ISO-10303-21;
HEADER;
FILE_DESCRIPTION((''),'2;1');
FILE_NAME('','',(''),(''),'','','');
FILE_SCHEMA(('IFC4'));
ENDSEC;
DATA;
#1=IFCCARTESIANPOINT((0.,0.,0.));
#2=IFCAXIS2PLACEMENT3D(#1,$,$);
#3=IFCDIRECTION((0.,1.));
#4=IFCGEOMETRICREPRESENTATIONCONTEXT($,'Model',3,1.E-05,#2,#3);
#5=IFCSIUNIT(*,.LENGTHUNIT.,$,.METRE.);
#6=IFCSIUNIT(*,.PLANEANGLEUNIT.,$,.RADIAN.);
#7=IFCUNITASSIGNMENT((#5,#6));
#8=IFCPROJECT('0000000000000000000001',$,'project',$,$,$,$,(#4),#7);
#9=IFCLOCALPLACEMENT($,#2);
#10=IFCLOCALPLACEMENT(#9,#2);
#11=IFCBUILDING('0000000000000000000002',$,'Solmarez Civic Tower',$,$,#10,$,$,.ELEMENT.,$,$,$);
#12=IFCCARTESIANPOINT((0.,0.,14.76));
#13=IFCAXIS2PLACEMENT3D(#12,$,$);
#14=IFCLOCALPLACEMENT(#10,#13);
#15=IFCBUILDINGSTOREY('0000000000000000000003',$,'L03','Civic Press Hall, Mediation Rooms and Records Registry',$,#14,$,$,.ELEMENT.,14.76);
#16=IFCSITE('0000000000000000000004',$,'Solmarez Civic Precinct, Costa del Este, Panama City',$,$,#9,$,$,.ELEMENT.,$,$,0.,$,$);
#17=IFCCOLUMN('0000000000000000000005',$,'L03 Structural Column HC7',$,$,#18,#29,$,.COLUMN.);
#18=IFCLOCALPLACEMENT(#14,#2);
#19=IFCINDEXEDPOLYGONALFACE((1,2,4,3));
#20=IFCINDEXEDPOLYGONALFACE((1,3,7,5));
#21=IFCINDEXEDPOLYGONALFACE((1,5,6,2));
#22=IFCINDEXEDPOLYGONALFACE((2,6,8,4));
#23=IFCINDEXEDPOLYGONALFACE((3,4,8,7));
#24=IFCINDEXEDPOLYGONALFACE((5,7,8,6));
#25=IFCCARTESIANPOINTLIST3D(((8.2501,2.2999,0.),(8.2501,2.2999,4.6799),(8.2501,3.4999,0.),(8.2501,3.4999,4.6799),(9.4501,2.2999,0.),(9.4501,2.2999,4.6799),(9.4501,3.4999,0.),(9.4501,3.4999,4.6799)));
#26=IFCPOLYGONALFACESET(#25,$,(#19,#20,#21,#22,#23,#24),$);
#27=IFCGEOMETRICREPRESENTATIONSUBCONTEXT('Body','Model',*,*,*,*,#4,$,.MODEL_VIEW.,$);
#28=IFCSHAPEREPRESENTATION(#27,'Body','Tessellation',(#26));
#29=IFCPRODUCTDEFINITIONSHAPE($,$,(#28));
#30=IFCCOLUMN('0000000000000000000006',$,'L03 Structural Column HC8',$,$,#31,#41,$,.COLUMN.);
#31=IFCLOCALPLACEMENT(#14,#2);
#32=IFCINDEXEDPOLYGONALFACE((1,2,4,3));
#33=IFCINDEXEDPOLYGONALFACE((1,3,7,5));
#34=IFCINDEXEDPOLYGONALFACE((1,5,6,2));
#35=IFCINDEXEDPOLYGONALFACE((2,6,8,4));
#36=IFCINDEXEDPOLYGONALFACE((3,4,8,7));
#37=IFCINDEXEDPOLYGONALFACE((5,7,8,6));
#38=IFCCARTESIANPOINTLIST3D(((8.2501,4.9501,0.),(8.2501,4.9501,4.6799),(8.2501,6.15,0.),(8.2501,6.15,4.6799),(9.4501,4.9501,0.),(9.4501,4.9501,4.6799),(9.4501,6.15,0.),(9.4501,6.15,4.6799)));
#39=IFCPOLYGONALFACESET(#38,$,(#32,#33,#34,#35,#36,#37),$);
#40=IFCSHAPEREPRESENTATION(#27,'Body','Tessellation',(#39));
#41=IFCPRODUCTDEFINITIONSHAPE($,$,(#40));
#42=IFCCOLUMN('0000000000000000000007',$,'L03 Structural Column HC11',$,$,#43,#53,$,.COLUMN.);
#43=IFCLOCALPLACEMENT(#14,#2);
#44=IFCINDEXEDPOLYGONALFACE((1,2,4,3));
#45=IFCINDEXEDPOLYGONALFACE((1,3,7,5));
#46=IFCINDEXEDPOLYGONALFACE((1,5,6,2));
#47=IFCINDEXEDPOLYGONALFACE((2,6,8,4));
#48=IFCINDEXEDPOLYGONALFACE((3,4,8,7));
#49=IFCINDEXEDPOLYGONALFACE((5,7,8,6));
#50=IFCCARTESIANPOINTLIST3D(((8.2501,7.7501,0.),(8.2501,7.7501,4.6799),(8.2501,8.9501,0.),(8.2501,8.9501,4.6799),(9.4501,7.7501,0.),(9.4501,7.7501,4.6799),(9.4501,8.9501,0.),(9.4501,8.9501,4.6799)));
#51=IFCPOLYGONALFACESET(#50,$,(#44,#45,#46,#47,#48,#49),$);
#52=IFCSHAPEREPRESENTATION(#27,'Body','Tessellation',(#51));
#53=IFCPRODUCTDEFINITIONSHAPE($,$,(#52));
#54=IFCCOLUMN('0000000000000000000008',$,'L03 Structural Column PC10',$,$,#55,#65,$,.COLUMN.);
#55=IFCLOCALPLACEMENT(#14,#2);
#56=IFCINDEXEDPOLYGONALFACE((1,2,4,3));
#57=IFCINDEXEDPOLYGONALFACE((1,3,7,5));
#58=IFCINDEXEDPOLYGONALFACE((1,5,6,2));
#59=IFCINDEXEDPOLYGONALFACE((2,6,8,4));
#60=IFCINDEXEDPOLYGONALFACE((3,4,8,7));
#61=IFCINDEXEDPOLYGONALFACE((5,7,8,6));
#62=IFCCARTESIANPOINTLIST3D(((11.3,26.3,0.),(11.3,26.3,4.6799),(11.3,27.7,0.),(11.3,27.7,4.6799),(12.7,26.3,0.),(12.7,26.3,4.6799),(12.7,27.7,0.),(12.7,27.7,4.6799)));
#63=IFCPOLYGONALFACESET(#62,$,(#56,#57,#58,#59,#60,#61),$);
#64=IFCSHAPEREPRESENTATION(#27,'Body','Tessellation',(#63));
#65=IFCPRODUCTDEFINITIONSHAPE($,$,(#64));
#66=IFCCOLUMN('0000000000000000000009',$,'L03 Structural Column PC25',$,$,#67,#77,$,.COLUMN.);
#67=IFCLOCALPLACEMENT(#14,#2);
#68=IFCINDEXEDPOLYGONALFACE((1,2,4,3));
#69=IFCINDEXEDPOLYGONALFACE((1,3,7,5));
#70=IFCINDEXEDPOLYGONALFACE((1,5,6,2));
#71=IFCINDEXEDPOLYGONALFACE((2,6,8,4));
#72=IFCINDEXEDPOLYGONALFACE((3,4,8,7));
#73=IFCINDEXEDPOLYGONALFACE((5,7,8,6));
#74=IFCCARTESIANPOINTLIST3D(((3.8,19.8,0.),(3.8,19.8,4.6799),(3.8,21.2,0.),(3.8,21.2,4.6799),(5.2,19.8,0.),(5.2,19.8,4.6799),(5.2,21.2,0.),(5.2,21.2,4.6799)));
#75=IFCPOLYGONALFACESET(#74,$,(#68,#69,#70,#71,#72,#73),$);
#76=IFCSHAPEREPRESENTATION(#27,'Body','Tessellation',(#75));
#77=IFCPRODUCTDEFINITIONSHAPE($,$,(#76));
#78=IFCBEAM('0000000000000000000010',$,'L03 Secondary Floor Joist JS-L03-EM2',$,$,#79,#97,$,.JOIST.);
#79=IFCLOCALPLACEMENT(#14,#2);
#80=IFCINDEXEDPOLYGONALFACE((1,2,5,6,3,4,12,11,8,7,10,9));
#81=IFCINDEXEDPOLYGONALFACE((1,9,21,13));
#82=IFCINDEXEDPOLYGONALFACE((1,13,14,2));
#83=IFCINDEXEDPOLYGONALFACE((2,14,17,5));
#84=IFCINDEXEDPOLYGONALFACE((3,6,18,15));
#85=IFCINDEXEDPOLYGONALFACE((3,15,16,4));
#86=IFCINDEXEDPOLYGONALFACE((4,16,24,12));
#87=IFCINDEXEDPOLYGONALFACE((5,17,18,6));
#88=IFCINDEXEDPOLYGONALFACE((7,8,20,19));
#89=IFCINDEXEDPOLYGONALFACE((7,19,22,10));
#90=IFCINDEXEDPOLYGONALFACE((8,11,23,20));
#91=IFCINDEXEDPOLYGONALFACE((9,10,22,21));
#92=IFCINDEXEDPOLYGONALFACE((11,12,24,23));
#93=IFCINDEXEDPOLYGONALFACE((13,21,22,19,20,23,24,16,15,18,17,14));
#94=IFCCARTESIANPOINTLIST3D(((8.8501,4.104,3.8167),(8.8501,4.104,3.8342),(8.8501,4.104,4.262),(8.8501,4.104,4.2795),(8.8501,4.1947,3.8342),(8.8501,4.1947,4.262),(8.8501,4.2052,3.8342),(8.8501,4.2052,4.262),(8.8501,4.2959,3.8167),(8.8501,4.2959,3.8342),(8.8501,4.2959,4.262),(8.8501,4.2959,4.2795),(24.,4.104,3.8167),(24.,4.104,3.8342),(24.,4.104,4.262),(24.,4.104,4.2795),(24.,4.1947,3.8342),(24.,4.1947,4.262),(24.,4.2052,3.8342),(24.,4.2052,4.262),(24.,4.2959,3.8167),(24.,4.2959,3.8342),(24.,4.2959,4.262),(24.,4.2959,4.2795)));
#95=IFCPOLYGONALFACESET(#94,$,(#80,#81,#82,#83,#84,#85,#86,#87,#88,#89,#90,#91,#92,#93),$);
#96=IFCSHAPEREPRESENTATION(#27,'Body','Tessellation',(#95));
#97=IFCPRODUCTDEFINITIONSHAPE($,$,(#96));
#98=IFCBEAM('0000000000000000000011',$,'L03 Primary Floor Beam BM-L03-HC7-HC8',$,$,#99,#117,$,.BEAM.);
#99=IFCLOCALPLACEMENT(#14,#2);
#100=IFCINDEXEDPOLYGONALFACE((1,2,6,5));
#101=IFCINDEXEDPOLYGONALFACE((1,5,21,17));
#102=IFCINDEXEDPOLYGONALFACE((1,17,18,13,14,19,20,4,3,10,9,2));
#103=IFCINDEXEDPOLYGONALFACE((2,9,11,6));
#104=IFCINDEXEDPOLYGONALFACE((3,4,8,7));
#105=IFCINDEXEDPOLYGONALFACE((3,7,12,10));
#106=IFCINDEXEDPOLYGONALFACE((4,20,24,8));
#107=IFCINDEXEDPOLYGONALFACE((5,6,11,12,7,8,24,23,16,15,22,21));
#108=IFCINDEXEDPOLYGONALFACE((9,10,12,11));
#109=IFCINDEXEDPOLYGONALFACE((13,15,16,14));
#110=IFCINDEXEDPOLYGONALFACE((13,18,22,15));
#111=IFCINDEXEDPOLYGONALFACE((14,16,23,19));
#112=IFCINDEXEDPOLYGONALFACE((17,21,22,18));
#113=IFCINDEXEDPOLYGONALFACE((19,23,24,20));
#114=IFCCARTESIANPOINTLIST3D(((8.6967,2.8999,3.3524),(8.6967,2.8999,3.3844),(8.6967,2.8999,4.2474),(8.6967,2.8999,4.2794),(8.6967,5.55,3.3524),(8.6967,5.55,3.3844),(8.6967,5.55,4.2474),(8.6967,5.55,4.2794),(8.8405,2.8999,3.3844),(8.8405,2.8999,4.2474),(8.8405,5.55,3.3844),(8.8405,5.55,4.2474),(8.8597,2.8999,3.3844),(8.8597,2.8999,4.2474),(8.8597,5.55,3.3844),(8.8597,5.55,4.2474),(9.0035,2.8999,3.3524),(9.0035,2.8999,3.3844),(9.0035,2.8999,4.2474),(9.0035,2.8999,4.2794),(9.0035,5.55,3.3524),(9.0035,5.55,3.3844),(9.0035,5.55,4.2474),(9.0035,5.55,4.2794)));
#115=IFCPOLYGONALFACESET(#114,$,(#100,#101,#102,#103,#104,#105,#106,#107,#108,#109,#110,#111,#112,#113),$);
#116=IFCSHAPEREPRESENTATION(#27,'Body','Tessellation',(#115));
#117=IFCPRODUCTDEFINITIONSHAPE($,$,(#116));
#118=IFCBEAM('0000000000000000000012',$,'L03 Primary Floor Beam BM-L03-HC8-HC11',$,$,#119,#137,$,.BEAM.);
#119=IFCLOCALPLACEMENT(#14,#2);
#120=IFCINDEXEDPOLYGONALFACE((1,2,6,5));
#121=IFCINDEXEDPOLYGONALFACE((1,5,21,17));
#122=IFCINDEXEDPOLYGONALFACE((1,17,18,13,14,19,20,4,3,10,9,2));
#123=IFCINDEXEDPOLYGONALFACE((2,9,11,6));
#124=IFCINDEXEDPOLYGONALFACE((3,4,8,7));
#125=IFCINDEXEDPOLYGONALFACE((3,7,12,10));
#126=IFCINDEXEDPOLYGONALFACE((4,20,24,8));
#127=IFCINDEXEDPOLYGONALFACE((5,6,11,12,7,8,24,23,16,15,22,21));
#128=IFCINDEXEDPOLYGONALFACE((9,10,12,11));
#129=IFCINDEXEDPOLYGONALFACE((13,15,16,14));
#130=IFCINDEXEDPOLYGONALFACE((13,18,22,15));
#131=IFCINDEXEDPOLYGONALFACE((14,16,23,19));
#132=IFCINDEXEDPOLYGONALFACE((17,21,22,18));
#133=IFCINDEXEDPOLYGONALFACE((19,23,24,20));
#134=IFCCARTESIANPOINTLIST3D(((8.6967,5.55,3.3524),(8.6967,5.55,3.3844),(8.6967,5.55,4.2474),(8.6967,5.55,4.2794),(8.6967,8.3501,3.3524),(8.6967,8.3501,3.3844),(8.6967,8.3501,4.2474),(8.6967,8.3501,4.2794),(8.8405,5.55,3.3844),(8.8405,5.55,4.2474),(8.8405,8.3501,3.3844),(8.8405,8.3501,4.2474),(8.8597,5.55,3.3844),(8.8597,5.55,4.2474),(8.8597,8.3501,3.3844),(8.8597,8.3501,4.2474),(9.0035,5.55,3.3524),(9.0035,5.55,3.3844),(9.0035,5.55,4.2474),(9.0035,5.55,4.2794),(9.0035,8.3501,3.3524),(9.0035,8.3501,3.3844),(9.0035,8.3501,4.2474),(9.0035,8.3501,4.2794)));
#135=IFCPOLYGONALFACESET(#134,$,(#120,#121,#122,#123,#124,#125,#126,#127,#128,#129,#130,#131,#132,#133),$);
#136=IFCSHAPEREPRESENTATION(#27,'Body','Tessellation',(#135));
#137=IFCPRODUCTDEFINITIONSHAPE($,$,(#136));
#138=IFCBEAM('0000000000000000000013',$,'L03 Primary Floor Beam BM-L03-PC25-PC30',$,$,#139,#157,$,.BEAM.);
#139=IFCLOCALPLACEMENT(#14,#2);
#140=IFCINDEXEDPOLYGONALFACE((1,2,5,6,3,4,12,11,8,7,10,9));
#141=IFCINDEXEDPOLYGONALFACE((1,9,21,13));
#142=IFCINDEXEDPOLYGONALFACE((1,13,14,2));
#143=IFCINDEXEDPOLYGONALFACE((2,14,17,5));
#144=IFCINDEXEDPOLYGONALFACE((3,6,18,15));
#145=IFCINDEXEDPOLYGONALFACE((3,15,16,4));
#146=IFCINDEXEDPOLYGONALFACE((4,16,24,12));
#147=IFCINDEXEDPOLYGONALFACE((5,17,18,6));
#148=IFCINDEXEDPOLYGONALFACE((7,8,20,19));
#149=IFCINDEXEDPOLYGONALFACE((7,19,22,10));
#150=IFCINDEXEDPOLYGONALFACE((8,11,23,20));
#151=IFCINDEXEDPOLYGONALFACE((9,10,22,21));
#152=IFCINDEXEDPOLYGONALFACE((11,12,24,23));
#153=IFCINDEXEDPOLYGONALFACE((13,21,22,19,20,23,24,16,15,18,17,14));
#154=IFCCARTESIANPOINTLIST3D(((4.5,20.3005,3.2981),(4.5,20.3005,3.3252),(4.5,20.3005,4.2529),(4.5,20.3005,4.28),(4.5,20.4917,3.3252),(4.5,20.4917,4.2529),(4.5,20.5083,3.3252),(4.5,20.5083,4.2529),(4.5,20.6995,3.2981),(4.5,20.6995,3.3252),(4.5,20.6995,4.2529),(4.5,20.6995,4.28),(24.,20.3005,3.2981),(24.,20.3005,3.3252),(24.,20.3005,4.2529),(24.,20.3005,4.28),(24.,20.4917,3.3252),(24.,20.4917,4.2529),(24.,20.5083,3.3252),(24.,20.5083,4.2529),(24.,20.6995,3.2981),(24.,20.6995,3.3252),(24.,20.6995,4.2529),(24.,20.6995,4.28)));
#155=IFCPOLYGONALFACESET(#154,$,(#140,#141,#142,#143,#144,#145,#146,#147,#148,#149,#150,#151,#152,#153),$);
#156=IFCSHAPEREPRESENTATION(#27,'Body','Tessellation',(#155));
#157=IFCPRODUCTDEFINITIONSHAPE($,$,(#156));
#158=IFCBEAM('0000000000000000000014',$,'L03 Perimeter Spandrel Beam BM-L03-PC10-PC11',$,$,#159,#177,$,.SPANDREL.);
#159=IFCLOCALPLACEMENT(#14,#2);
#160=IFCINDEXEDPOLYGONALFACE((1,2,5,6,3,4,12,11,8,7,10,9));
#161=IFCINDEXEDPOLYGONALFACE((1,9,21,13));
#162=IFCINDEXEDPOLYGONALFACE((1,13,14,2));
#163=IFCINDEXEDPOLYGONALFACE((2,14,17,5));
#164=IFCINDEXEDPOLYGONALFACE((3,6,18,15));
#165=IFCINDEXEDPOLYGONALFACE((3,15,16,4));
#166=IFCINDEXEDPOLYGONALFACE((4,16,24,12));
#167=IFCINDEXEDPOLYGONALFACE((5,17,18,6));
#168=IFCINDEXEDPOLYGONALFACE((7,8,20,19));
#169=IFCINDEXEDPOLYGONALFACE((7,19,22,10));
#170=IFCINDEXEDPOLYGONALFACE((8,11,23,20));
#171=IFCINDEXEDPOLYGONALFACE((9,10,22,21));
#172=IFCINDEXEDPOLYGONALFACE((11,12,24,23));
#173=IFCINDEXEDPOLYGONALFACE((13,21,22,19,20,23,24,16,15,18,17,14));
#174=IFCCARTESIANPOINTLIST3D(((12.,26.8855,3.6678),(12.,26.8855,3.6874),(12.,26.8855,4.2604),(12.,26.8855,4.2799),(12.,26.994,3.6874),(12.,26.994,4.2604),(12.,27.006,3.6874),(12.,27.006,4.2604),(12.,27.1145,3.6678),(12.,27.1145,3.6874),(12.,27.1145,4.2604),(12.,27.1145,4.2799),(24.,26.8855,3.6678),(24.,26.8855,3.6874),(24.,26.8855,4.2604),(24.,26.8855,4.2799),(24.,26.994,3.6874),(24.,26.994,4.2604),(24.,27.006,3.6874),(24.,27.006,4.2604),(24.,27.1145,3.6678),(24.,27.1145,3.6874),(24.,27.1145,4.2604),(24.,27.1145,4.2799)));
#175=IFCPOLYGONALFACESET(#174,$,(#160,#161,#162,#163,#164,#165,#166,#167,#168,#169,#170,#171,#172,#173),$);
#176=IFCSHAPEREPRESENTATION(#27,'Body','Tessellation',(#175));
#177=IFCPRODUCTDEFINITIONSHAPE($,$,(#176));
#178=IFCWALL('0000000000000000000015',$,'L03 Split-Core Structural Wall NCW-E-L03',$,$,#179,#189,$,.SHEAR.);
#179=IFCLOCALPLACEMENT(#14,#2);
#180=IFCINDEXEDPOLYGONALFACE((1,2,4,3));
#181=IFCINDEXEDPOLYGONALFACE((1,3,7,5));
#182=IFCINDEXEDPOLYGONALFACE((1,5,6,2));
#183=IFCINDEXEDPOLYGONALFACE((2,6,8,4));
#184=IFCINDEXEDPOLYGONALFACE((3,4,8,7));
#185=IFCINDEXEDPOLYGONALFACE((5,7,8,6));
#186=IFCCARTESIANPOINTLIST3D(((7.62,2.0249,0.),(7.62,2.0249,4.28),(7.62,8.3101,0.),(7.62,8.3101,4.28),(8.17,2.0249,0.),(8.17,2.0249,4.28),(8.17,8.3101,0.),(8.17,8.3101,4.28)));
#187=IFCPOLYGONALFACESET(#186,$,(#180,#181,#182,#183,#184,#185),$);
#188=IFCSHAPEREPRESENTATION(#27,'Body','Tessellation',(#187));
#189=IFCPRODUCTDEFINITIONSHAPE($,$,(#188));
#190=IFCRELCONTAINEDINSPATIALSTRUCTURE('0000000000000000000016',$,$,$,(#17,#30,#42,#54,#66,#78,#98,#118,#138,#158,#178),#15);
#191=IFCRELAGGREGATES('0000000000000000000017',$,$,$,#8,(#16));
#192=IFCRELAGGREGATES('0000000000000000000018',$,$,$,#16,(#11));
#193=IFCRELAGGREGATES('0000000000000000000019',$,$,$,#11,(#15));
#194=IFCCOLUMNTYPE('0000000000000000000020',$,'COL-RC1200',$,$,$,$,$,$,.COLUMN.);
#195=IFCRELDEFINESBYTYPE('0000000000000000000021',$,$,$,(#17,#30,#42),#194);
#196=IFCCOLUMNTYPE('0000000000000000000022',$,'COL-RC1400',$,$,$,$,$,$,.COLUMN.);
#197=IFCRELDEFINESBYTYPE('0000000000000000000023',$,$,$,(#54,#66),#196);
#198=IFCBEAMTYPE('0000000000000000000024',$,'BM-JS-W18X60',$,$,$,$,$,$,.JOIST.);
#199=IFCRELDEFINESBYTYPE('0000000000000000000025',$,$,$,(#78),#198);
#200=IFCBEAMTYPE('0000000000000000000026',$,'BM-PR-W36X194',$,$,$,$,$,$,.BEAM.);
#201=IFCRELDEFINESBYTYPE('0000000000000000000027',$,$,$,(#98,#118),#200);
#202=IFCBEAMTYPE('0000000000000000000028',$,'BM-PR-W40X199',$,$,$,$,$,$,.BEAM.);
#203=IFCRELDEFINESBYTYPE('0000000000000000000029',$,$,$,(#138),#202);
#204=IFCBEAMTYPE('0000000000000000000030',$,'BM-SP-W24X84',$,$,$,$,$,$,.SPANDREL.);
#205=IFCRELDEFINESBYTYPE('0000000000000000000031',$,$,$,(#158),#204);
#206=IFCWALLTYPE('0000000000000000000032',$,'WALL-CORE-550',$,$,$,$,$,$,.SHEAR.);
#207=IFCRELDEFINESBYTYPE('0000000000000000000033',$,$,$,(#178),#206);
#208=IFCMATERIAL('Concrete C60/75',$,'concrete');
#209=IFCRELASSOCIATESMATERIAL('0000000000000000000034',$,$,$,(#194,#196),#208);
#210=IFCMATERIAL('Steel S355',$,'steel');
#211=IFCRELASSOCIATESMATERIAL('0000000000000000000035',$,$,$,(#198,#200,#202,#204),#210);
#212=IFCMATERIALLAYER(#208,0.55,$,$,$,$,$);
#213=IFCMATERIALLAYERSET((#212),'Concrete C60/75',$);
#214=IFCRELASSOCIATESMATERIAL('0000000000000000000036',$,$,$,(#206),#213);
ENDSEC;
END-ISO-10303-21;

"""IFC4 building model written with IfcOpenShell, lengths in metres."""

from ifc_helpers import new_model, si_unit, direction, frame, frame_2d, origin, origin_2d, place, context, subcontext, project, spatial, rectangle, i_section, extrude, material, layer, layer_set, material_profile, profile_set, type_object, element, save


model = new_model("IFC4")

# Units and contexts
model_context = context("Model", 3, precision=1e-05, world=origin(), true_north=direction((0.0, 1.0)))
body_context = subcontext(model_context, "Body", "Model", "MODEL_VIEW")
ifc_project = project(units=[si_unit("LENGTHUNIT", "METRE"), si_unit("PLANEANGLEUNIT", "RADIAN")], contexts=[model_context])

# Site, building, storey
site_placement = place(None, origin())
site = spatial("IfcSite", under=ifc_project, at=site_placement, Name="Solmarez Civic Precinct, Costa del Este, Panama City", CompositionType="ELEMENT", RefElevation=0.0)
building_placement = place(site_placement, origin())
building = spatial("IfcBuilding", under=site, at=building_placement, Name="Solmarez Civic Tower", CompositionType="ELEMENT")
storey_placement = place(building_placement, frame((0.0, 0.0, 14.76)))
storey = spatial("IfcBuildingStorey", under=building, at=storey_placement, Name="L03", Description="Civic Press Hall, Mediation Rooms and Records Registry", CompositionType="ELEMENT", Elevation=14.76)

# Columns
ifc_material_1 = material(Name="Concrete C60/75", Category="concrete")
ifc_material_profile_1 = material_profile(ifc_material_1, rectangle(XDim=1.2, YDim=1.2, at=origin_2d()), Name="RC1200X1200")
ifc_profile_set_1 = profile_set([ifc_material_profile_1], Name="Concrete C60/75")
column_type_1 = type_object("IfcColumnType", Name="COL-RC1200", PredefinedType="COLUMN", material=ifc_profile_set_1)
for number, where, z_axis, x_axis, name in (
    (1, (8.8501, 2.8999, 0.0), (0.0, 0.0, 1.0), (1.0, 0.0, 0.0), "L03 Structural Column HC7"),
    (2, (8.8501, 5.55, 0.0), (0.0, 0.0, 1.0), (1.0, 0.0, 0.0), "L03 Structural Column HC8"),
    (3, (8.8501, 8.3501, 0.0), (0.0, 0.0, 1.0), (1.0, 0.0, 0.0), "L03 Structural Column HC11"),
):
    element("IfcColumn", number, at=place(storey_placement, frame(where, z_axis=z_axis, x_axis=x_axis)), inside=storey, type_object=column_type_1, Name=name, PredefinedType="COLUMN", context=body_context, shape_type="SweptSolid", body=[
        extrude(rectangle(XDim=1.2, YDim=1.2, at=origin_2d()), origin(), (0.0, 0.0, 1.0), 4.6799),
    ])
ifc_material_profile_2 = material_profile(ifc_material_1, rectangle(XDim=1.3999, YDim=1.3999, at=origin_2d()), Name="RC1400X1400")
ifc_profile_set_2 = profile_set([ifc_material_profile_2], Name="Concrete C60/75")
column_type_2 = type_object("IfcColumnType", Name="COL-RC1400", PredefinedType="COLUMN", material=ifc_profile_set_2)
for number, where, z_axis, x_axis, name in (
    (4, (12.0, 27.0, 0.0), (0.0, 0.0, 1.0), (1.0, 0.0, 0.0), "L03 Structural Column PC10"),
    (5, (4.5, 20.5, 0.0), (0.0, 0.0, 1.0), (1.0, 0.0, 0.0), "L03 Structural Column PC25"),
):
    element("IfcColumn", number, at=place(storey_placement, frame(where, z_axis=z_axis, x_axis=x_axis)), inside=storey, type_object=column_type_2, Name=name, PredefinedType="COLUMN", context=body_context, shape_type="SweptSolid", body=[
        extrude(rectangle(XDim=1.3999, YDim=1.3999, at=origin_2d()), origin(), (0.0, 0.0, 1.0), 4.6799),
    ])

# Beams
ifc_material_2 = material(Name="Steel S355", Category="steel")
ifc_material_profile_3 = material_profile(ifc_material_2, i_section(OverallWidth=0.1919, OverallDepth=0.4629, WebThickness=0.0105, FlangeThickness=0.0176, at=origin_2d()), Name="W18X60")
ifc_profile_set_3 = profile_set([ifc_material_profile_3], Name="Steel S355")
beam_type_1 = type_object("IfcBeamType", Name="BM-JS-W18X60", PredefinedType="JOIST", material=ifc_profile_set_3)
beam_1_placement = place(storey_placement, frame((8.8501, 4.2, 4.0481), z_axis=(1.0, 0.0, 0.0), x_axis=(0.0, 1.0, 0.0)))
element("IfcBeam", 6, at=beam_1_placement, inside=storey, type_object=beam_type_1, Name="L03 Secondary Floor Joist JS-L03-EM2", PredefinedType="JOIST", context=body_context, shape_type="SweptSolid", body=[
    extrude(i_section(OverallWidth=0.1919, OverallDepth=0.4629, WebThickness=0.0105, FlangeThickness=0.0176, at=origin_2d()), origin(), (0.0, 0.0, 1.0), 15.1499),
])
ifc_material_profile_4 = material_profile(ifc_material_2, i_section(OverallWidth=0.3069, OverallDepth=0.927, WebThickness=0.0193, FlangeThickness=0.032, at=origin_2d()), Name="W36X194")
ifc_profile_set_4 = profile_set([ifc_material_profile_4], Name="Steel S355")
beam_type_2 = type_object("IfcBeamType", Name="BM-PR-W36X194", PredefinedType="BEAM", material=ifc_profile_set_4)
beam_2_placement = place(storey_placement, frame((8.8501, 2.8999, 3.8159), z_axis=(0.0, 1.0, 0.0), x_axis=(-1.0, 0.0, 0.0)))
element("IfcBeam", 7, at=beam_2_placement, inside=storey, type_object=beam_type_2, Name="L03 Primary Floor Beam BM-L03-HC7-HC8", PredefinedType="BEAM", context=body_context, shape_type="SweptSolid", body=[
    extrude(i_section(OverallWidth=0.3069, OverallDepth=0.927, WebThickness=0.0193, FlangeThickness=0.032, at=origin_2d()), origin(), (0.0, 0.0, 1.0), 2.6501),
])
beam_3_placement = place(storey_placement, frame((8.8501, 5.55, 3.8159), z_axis=(0.0, 1.0, 0.0), x_axis=(-1.0, 0.0, 0.0)))
element("IfcBeam", 8, at=beam_3_placement, inside=storey, type_object=beam_type_2, Name="L03 Primary Floor Beam BM-L03-HC8-HC11", PredefinedType="BEAM", context=body_context, shape_type="SweptSolid", body=[
    extrude(i_section(OverallWidth=0.3069, OverallDepth=0.927, WebThickness=0.0193, FlangeThickness=0.032, at=origin_2d()), origin(), (0.0, 0.0, 1.0), 2.8),
])
ifc_material_profile_5 = material_profile(ifc_material_2, i_section(OverallWidth=0.3989, OverallDepth=0.9819, WebThickness=0.0166, FlangeThickness=0.0271, at=origin_2d()), Name="W40X199")
ifc_profile_set_5 = profile_set([ifc_material_profile_5], Name="Steel S355")
beam_type_3 = type_object("IfcBeamType", Name="BM-PR-W40X199", PredefinedType="BEAM", material=ifc_profile_set_5)
beam_4_placement = place(storey_placement, frame((4.5, 20.5, 3.7891), z_axis=(1.0, 0.0, 0.0), x_axis=(0.0, 1.0, 0.0)))
element("IfcBeam", 9, at=beam_4_placement, inside=storey, type_object=beam_type_3, Name="L03 Primary Floor Beam BM-L03-PC25-PC30", PredefinedType="BEAM", context=body_context, shape_type="SweptSolid", body=[
    extrude(i_section(OverallWidth=0.3989, OverallDepth=0.9819, WebThickness=0.0166, FlangeThickness=0.0271, at=origin_2d()), origin(), (0.0, 0.0, 1.0), 19.5),
])
ifc_material_profile_6 = material_profile(ifc_material_2, i_section(OverallWidth=0.229, OverallDepth=0.6121, WebThickness=0.012, FlangeThickness=0.0195, at=origin_2d()), Name="W24X84")
ifc_profile_set_6 = profile_set([ifc_material_profile_6], Name="Steel S355")
beam_type_4 = type_object("IfcBeamType", Name="BM-SP-W24X84", PredefinedType="SPANDREL", material=ifc_profile_set_6)
beam_5_placement = place(storey_placement, frame((12.0, 27.0, 3.9739), z_axis=(1.0, 0.0, 0.0), x_axis=(0.0, 1.0, 0.0)))
element("IfcBeam", 10, at=beam_5_placement, inside=storey, type_object=beam_type_4, Name="L03 Perimeter Spandrel Beam BM-L03-PC10-PC11", PredefinedType="SPANDREL", context=body_context, shape_type="SweptSolid", body=[
    extrude(i_section(OverallWidth=0.229, OverallDepth=0.6121, WebThickness=0.012, FlangeThickness=0.0195, at=origin_2d()), origin(), (0.0, 0.0, 1.0), 12.0),
])

# Wall
ifc_layer_1 = layer(ifc_material_1, 0.55)
ifc_layer_set_1 = layer_set([ifc_layer_1], Name="Concrete C60/75")
wall_type_1 = type_object("IfcWallType", Name="WALL-CORE-550", PredefinedType="SHEAR", material=ifc_layer_set_1)
wall_1_placement = place(storey_placement, frame((7.895, 8.3101, 0.0), z_axis=(0.0, 0.0, 1.0), x_axis=(0.0, -1.0, 0.0)))
element("IfcWall", 11, at=wall_1_placement, inside=storey, type_object=wall_type_1, Name="L03 Split-Core Structural Wall NCW-E-L03", PredefinedType="SHEAR", context=body_context, shape_type="SweptSolid", body=[
    extrude(rectangle(XDim=6.2852, YDim=0.55, at=frame_2d((3.1426, 0.0))), origin(), (0.0, 0.0, 1.0), 4.28),
])

save(model, "model.ifc")
